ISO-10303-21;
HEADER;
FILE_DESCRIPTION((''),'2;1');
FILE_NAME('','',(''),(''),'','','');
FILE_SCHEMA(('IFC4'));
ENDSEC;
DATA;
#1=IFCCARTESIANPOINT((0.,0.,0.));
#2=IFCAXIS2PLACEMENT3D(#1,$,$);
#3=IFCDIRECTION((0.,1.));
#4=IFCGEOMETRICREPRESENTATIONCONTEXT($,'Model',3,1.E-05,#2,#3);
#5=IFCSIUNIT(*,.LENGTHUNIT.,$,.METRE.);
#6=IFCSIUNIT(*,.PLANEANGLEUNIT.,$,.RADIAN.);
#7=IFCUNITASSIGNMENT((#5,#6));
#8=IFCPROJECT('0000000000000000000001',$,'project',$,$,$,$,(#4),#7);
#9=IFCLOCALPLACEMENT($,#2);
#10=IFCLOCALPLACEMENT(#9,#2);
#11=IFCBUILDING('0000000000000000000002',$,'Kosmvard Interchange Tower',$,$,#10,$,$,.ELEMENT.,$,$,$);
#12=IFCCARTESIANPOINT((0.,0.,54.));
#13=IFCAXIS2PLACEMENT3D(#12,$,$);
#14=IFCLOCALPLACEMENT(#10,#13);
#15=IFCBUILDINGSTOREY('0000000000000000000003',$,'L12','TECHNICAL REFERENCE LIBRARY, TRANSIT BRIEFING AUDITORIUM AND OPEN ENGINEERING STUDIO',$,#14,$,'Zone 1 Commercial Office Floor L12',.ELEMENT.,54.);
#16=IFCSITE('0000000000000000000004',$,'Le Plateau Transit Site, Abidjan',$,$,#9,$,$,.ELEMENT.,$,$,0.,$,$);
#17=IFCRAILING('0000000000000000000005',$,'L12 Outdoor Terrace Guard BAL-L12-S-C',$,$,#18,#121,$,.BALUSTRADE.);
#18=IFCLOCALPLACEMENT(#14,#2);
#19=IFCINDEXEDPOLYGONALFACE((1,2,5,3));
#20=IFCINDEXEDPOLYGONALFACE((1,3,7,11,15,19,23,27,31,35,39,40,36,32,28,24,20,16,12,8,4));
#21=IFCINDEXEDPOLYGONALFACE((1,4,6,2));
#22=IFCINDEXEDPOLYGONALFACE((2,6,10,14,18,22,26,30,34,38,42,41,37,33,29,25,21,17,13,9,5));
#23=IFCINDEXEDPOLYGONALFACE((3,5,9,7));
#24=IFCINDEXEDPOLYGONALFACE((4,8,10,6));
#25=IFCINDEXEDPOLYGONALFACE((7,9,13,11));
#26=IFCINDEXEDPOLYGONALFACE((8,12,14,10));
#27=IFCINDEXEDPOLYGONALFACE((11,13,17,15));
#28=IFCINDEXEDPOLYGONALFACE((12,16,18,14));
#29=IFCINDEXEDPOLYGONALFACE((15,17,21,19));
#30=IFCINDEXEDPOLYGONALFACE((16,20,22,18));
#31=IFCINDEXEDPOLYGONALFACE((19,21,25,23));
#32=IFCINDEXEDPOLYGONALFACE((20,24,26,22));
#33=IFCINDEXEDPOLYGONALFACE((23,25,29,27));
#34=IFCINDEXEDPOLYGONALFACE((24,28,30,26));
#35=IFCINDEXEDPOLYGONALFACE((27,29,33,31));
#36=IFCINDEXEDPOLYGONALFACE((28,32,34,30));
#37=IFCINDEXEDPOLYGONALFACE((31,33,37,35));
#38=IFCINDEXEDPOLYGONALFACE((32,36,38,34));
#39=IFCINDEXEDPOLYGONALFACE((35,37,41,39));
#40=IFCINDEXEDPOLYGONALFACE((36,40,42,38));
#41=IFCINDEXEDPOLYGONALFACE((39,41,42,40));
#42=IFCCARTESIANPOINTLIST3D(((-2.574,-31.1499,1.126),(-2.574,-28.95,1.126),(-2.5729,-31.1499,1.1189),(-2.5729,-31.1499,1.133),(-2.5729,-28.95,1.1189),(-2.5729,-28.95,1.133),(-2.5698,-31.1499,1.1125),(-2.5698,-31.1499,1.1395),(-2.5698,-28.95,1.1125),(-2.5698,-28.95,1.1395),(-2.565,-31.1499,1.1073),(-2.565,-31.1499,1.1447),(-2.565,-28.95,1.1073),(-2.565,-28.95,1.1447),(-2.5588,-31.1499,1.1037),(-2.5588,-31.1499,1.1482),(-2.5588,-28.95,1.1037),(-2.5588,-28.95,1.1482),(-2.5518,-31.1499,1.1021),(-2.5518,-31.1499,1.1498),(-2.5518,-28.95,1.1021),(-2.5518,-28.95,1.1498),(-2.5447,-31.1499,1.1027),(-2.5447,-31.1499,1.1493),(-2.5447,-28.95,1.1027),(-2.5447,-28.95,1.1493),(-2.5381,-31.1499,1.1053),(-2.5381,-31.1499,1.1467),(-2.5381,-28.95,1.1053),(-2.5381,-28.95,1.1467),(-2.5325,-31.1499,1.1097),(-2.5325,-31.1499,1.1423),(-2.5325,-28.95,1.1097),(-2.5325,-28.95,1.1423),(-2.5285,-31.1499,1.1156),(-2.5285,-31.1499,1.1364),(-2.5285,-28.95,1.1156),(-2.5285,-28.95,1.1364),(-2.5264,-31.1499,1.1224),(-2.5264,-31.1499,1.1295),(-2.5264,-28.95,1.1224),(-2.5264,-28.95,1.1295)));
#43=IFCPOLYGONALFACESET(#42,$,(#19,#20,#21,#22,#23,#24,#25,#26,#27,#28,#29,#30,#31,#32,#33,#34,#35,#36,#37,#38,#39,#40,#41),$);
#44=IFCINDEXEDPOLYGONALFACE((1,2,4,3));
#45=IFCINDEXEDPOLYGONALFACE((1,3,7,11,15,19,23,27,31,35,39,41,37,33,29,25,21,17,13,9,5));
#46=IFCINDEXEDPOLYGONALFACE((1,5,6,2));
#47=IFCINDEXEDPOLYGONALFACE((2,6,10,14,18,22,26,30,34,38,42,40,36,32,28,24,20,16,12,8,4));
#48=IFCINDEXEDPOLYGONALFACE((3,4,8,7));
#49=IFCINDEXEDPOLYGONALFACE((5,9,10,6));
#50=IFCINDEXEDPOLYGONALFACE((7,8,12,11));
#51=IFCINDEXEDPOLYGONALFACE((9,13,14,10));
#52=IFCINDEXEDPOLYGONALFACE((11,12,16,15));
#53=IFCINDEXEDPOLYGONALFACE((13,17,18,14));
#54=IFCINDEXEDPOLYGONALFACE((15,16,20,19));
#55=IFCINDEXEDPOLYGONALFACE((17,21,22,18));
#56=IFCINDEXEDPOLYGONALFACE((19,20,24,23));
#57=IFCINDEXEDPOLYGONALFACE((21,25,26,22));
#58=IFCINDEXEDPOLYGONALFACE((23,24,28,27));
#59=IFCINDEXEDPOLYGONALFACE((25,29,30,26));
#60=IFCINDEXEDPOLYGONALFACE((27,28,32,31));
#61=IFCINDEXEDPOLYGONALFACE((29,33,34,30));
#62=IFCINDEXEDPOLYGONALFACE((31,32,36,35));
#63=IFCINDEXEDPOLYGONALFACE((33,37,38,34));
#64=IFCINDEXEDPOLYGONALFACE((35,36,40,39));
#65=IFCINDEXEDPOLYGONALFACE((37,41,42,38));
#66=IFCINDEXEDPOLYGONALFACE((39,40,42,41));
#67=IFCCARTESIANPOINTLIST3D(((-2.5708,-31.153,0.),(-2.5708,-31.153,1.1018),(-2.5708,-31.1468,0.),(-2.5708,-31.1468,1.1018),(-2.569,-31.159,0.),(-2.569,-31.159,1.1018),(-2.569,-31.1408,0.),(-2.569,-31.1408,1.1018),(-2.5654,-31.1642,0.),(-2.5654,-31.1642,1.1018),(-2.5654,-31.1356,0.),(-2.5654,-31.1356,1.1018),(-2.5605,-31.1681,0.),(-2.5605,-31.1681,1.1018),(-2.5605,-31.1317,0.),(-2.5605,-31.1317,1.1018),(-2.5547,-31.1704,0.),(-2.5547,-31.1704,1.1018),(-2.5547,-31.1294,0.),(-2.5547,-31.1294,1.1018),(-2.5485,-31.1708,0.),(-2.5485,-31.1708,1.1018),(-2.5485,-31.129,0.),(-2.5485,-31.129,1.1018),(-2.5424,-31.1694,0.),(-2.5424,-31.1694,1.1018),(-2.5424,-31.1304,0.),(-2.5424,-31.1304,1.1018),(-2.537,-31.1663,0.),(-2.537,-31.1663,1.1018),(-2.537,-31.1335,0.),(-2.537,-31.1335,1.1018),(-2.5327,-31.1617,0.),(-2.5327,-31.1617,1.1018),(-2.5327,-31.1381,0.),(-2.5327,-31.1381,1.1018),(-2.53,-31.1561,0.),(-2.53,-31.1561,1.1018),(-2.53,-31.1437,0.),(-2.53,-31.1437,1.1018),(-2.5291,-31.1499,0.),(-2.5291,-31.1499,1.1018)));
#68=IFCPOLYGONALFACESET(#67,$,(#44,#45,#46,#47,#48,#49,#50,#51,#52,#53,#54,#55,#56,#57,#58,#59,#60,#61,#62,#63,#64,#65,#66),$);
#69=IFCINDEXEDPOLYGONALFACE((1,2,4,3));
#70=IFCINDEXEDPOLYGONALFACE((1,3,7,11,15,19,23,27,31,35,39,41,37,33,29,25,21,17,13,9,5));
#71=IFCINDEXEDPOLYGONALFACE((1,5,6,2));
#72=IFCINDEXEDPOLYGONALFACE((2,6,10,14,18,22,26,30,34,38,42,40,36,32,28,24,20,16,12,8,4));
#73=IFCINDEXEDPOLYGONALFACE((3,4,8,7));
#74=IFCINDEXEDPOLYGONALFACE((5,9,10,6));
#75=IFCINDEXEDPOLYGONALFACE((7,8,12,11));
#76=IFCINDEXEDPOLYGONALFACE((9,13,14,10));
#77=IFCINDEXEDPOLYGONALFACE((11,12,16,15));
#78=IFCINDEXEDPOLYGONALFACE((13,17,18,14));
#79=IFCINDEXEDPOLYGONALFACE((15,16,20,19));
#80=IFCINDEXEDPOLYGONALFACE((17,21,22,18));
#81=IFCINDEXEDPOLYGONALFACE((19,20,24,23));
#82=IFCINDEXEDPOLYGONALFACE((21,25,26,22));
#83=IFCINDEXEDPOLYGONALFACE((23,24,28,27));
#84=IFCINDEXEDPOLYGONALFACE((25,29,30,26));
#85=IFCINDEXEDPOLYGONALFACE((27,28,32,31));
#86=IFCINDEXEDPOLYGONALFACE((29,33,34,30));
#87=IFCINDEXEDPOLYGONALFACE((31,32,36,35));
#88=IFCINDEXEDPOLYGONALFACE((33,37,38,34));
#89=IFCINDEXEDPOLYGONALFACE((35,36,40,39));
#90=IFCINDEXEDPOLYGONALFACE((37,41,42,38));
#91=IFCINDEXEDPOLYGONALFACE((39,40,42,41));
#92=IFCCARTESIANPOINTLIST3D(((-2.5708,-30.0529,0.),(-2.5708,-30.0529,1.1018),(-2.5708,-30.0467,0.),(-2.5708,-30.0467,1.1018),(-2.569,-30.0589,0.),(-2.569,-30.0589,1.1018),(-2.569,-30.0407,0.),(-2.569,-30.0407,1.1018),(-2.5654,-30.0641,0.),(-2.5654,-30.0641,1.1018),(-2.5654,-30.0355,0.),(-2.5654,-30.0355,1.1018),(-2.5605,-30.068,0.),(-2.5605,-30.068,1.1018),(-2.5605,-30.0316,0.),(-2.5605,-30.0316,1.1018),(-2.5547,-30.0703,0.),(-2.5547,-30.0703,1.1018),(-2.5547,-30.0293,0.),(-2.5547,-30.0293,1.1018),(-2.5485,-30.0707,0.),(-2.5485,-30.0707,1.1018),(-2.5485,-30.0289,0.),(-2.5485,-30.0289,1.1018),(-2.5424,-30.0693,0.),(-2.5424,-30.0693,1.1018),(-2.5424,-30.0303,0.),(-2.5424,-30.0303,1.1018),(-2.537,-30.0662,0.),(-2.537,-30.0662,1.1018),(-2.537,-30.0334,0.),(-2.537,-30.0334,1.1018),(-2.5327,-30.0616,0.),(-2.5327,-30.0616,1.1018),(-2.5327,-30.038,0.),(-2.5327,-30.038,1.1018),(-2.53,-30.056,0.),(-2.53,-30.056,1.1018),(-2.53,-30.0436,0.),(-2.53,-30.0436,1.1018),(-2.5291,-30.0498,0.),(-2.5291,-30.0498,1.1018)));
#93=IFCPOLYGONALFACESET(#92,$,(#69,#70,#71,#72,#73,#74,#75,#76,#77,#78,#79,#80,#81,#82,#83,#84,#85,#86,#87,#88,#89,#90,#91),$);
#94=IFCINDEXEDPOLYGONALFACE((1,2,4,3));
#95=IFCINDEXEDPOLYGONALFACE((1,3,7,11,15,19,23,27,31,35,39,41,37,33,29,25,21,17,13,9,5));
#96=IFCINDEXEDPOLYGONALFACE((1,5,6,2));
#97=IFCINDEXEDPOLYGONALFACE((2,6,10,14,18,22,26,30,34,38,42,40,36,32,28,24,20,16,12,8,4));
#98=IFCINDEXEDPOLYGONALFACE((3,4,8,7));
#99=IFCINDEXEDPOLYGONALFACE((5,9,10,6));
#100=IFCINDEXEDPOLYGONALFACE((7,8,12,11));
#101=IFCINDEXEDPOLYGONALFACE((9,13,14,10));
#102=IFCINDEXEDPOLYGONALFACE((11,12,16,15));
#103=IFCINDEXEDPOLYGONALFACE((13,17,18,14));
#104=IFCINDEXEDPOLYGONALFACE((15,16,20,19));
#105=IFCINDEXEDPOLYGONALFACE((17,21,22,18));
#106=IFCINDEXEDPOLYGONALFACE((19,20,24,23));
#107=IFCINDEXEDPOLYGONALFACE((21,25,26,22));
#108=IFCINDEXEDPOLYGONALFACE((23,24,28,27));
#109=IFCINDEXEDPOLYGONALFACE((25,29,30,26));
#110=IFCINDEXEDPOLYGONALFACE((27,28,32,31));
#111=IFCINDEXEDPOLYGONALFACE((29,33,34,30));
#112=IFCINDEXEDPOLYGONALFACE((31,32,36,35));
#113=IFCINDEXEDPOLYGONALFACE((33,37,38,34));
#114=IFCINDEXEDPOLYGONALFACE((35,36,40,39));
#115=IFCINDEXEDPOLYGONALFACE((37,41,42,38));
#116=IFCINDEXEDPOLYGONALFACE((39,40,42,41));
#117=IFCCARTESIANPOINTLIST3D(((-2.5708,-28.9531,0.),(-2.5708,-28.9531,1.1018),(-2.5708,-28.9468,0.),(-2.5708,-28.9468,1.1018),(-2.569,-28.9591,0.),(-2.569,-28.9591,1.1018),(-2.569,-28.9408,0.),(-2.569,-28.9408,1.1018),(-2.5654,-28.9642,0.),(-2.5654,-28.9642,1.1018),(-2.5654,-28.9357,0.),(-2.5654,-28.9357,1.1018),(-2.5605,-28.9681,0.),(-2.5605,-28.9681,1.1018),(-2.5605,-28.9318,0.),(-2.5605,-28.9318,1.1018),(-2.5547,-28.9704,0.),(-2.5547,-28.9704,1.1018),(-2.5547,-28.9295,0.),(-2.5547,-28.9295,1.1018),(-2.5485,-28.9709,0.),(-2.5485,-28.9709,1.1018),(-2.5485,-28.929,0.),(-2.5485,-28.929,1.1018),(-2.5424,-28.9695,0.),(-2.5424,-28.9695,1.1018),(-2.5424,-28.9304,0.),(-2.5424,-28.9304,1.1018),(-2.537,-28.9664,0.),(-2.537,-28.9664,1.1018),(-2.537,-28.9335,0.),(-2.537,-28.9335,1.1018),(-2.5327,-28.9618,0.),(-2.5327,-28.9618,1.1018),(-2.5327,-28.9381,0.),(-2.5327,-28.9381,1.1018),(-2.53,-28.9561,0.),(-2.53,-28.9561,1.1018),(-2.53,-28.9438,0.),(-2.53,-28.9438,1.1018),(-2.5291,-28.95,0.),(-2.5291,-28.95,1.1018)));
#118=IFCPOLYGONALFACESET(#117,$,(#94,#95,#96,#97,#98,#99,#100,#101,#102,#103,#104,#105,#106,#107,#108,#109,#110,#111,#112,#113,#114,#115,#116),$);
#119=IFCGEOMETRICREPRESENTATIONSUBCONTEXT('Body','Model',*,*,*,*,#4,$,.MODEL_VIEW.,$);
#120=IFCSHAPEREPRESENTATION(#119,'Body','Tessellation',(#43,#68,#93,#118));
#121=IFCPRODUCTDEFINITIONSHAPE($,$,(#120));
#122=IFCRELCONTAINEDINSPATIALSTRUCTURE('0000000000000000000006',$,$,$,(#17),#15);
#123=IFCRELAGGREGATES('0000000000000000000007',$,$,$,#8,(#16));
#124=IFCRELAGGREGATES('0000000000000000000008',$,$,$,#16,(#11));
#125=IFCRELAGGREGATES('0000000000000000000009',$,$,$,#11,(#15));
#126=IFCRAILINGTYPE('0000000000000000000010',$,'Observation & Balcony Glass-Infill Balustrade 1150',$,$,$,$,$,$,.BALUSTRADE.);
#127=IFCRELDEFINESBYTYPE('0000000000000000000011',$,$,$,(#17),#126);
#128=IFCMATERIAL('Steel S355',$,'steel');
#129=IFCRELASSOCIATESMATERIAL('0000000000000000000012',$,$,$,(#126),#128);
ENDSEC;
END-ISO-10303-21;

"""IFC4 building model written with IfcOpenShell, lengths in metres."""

from ifc_helpers import new_model, si_unit, direction, frame, origin, origin_2d, place, context, subcontext, project, spatial, circle, extrude, source, transform, mapped, material, type_object, element, save


model = new_model("IFC4")

# Units and contexts
model_context = context("Model", 3, precision=1e-05, world=origin(), true_north=direction((0.0, 1.0)))
body_context = subcontext(model_context, "Body", "Model", "MODEL_VIEW")
ifc_project = project(units=[si_unit("LENGTHUNIT", "METRE"), si_unit("PLANEANGLEUNIT", "RADIAN")], contexts=[model_context])

# Site, building, storey
site_placement = place(None, origin())
site = spatial("IfcSite", under=ifc_project, at=site_placement, Name="Le Plateau Transit Site, Abidjan", CompositionType="ELEMENT", RefElevation=0.0)
building_placement = place(site_placement, origin())
building = spatial("IfcBuilding", under=site, at=building_placement, Name="Kosmvard Interchange Tower", CompositionType="ELEMENT")
storey_placement = place(building_placement, frame((0.0, 0.0, 54.0)))
storey = spatial("IfcBuildingStorey", under=building, at=storey_placement, Name="L12", Description="TECHNICAL REFERENCE LIBRARY, TRANSIT BRIEFING AUDITORIUM AND OPEN ENGINEERING STUDIO", LongName="Zone 1 Commercial Office Floor L12", CompositionType="ELEMENT", Elevation=54.0)

# Shared definitions
ifc_material_1 = material(Name="Steel S355", Category="steel")

# Railing
railing_type = type_object("IfcRailingType", Name="Observation & Balcony Glass-Infill Balustrade 1150", PredefinedType="BALUSTRADE", material=ifc_material_1)
shared_shape_1 = source(origin(), body_context, "Body", "SweptSolid", [
    extrude(circle(Radius=0.0239, at=origin_2d()), frame((0.0, 0.0, 1.126), z_axis=(0.0, 1.0, 0.0), x_axis=(-1.0, 0.0, 0.0)), (0.0, 0.0, 1.0), 2.2),
    extrude(circle(Radius=0.021, at=origin_2d()), origin(), (0.0, 0.0, 1.0), 1.1018),
    extrude(circle(Radius=0.021, at=origin_2d()), frame((0.0, 1.1001, 0.0)), (0.0, 0.0, 1.0), 1.1018),
    extrude(circle(Radius=0.021, at=origin_2d()), frame((0.0, 2.2, 0.0)), (0.0, 0.0, 1.0), 1.1018),
])
railing_placement = place(storey_placement, frame((-2.55, -31.1499, 0.0)))
element("IfcRailing", 1, at=railing_placement, inside=storey, type_object=railing_type, Name="L12 Outdoor Terrace Guard BAL-L12-S-C", PredefinedType="BALUSTRADE", context=body_context, shape_type="MappedRepresentation", body=[
    mapped(shared_shape_1, transform((0.0, 0.0, 0.0), scale=1.0)),
])

save(model, "model.ifc")
